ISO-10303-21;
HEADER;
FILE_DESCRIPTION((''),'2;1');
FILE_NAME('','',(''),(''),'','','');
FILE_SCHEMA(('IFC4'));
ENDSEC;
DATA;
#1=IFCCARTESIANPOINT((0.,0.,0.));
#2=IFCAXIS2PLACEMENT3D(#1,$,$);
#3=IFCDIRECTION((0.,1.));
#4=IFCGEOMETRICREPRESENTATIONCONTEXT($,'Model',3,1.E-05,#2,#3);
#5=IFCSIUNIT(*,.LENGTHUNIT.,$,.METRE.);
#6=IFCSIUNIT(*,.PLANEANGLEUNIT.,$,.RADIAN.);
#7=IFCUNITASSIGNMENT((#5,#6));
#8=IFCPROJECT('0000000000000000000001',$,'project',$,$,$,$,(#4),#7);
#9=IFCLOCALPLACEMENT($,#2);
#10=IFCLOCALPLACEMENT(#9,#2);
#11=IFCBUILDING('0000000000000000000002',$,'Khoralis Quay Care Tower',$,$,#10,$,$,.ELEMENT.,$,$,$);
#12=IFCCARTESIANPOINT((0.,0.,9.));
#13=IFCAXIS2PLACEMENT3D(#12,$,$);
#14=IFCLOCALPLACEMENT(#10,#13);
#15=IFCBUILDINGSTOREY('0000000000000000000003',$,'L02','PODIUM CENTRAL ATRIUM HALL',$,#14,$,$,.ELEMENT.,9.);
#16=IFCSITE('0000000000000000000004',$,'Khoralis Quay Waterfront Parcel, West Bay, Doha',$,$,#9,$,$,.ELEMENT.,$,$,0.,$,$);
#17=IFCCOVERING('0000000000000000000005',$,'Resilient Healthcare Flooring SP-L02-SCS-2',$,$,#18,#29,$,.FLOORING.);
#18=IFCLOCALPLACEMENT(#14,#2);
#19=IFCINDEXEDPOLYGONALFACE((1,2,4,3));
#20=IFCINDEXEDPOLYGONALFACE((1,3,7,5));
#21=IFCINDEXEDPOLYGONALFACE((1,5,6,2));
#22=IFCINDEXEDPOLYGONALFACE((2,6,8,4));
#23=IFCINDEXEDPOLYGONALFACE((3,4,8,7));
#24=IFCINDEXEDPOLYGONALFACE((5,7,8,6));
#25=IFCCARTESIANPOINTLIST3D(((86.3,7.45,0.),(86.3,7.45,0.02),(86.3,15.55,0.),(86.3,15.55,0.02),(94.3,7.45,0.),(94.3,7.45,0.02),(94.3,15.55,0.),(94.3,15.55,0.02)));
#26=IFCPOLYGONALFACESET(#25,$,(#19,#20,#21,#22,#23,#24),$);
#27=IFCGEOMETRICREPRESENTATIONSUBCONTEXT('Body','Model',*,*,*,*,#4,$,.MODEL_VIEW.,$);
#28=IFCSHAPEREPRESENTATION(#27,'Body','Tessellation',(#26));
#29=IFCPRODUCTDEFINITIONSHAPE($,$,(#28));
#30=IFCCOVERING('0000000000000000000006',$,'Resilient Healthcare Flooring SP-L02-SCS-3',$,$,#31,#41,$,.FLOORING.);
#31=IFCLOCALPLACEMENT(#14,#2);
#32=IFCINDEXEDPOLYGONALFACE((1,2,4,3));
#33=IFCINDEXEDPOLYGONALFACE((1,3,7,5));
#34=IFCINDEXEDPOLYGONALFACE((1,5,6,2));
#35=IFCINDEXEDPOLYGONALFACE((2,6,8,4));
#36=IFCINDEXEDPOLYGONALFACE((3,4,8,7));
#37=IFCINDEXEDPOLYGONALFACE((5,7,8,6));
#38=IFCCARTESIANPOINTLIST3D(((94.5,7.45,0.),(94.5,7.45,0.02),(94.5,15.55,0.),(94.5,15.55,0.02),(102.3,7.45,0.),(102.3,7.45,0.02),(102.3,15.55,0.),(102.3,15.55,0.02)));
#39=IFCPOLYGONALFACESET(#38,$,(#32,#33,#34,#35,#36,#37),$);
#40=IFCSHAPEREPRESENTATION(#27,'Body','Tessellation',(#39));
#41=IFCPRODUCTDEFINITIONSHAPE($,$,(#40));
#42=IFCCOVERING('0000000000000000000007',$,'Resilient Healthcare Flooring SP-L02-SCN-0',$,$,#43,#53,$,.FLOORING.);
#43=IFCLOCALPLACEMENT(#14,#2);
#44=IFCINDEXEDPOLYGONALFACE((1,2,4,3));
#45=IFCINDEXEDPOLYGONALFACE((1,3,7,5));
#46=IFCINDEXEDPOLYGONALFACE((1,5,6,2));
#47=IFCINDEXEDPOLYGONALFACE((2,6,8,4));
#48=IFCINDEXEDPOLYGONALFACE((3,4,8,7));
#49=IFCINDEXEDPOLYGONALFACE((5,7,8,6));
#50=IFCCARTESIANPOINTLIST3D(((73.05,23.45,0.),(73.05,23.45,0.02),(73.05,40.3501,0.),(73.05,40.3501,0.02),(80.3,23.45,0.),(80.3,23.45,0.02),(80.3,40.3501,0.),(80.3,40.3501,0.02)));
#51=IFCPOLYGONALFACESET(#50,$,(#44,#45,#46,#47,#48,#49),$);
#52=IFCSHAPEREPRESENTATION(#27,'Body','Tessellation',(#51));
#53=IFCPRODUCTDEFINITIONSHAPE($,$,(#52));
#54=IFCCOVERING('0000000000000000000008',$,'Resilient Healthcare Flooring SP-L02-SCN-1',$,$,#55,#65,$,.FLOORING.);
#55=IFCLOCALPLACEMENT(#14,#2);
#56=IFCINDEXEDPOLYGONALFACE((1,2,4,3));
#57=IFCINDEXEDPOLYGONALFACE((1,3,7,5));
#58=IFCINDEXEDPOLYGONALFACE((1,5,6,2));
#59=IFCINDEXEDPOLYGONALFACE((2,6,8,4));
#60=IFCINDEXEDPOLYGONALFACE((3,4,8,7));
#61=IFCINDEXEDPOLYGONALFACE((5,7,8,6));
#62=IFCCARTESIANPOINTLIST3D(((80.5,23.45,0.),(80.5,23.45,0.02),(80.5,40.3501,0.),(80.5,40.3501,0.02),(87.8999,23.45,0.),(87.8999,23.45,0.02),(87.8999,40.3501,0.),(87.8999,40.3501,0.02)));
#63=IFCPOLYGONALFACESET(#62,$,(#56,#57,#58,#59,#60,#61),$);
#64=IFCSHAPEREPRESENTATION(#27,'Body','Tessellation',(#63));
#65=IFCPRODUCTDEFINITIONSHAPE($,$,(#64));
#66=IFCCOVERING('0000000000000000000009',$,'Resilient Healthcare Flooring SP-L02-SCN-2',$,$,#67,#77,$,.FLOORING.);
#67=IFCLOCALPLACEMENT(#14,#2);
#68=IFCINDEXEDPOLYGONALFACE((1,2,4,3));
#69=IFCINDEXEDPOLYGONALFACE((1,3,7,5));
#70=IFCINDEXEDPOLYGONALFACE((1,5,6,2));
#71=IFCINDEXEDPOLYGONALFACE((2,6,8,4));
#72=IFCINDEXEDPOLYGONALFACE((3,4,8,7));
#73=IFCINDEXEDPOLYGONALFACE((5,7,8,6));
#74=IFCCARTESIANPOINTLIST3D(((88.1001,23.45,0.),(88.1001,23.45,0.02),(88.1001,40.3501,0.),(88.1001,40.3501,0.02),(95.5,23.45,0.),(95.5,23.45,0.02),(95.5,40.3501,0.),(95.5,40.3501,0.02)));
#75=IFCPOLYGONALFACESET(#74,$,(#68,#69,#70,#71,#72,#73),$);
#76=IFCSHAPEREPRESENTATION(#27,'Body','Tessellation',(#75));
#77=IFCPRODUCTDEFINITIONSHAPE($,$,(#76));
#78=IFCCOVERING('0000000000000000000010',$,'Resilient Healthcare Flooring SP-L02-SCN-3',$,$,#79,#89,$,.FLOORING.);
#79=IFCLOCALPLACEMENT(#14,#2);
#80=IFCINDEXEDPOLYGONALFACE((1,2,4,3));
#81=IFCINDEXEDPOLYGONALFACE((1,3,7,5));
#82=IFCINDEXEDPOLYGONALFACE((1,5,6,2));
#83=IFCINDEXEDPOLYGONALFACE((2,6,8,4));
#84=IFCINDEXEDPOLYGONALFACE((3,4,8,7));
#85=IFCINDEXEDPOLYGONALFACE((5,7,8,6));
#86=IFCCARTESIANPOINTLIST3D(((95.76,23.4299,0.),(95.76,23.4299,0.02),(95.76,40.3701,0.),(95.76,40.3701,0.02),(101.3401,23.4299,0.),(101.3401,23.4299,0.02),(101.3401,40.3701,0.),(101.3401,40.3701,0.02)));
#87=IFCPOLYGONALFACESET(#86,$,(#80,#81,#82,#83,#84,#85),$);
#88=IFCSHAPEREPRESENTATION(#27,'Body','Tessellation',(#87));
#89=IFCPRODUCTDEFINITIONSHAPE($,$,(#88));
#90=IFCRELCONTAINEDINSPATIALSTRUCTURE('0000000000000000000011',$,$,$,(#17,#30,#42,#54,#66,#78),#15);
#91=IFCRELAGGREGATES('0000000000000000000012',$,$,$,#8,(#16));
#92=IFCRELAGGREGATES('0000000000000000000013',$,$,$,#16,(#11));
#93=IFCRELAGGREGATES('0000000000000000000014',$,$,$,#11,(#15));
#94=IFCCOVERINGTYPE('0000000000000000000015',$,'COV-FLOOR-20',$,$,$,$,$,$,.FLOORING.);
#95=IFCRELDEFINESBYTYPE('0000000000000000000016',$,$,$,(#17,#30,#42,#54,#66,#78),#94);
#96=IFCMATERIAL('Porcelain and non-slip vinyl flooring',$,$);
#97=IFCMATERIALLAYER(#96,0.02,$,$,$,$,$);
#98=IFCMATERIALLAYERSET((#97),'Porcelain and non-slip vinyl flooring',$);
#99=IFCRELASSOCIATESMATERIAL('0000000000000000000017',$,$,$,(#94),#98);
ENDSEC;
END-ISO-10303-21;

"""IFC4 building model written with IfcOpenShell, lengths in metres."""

from ifc_helpers import new_model, si_unit, direction, frame, origin, place, context, subcontext, project, spatial, polyline, outline, extrude, material, layer, layer_set, type_object, element, save


model = new_model("IFC4")

# Units and contexts
model_context = context("Model", 3, precision=1e-05, world=origin(), true_north=direction((0.0, 1.0)))
body_context = subcontext(model_context, "Body", "Model", "MODEL_VIEW")
ifc_project = project(units=[si_unit("LENGTHUNIT", "METRE"), si_unit("PLANEANGLEUNIT", "RADIAN")], contexts=[model_context])

# Site, building, storey
site_placement = place(None, origin())
site = spatial("IfcSite", under=ifc_project, at=site_placement, Name="Khoralis Quay Waterfront Parcel, West Bay, Doha", CompositionType="ELEMENT", RefElevation=0.0)
building_placement = place(site_placement, origin())
building = spatial("IfcBuilding", under=site, at=building_placement, Name="Khoralis Quay Care Tower", CompositionType="ELEMENT")
storey_placement = place(building_placement, frame((0.0, 0.0, 9.0)))
storey = spatial("IfcBuildingStorey", under=building, at=storey_placement, Name="L02", Description="PODIUM CENTRAL ATRIUM HALL", CompositionType="ELEMENT", Elevation=9.0)

# Coverings
ifc_material_1 = material(Name="Porcelain and non-slip vinyl flooring")
ifc_layer_1 = layer(ifc_material_1, 0.02)
ifc_layer_set_1 = layer_set([ifc_layer_1], Name="Porcelain and non-slip vinyl flooring")
covering_type = type_object("IfcCoveringType", Name="COV-FLOOR-20", PredefinedType="FLOORING", material=ifc_layer_set_1)
covering_1_placement = place(storey_placement, origin())
element("IfcCovering", 1, at=covering_1_placement, inside=storey, type_object=covering_type, Name="Resilient Healthcare Flooring SP-L02-SCS-2", PredefinedType="FLOORING", context=body_context, shape_type="SweptSolid", body=[
    extrude(outline(polyline([(86.3, 7.45), (94.3, 7.45), (94.3, 15.55), (86.3, 15.55), (86.3, 7.45)])), origin(), (0.0, 0.0, 1.0), 0.02),
])
covering_2_placement = place(storey_placement, origin())
element("IfcCovering", 2, at=covering_2_placement, inside=storey, type_object=covering_type, Name="Resilient Healthcare Flooring SP-L02-SCS-3", PredefinedType="FLOORING", context=body_context, shape_type="SweptSolid", body=[
    extrude(outline(polyline([(94.5, 7.45), (102.3, 7.45), (102.3, 15.55), (94.5, 15.55), (94.5, 7.45)])), origin(), (0.0, 0.0, 1.0), 0.02),
])
covering_3_placement = place(storey_placement, origin())
element("IfcCovering", 3, at=covering_3_placement, inside=storey, type_object=covering_type, Name="Resilient Healthcare Flooring SP-L02-SCN-0", PredefinedType="FLOORING", context=body_context, shape_type="SweptSolid", body=[
    extrude(outline(polyline([(73.05, 23.45), (80.3, 23.45), (80.3, 40.3501), (73.05, 40.3501), (73.05, 23.45)])), origin(), (0.0, 0.0, 1.0), 0.02),
])
covering_4_placement = place(storey_placement, origin())
element("IfcCovering", 4, at=covering_4_placement, inside=storey, type_object=covering_type, Name="Resilient Healthcare Flooring SP-L02-SCN-1", PredefinedType="FLOORING", context=body_context, shape_type="SweptSolid", body=[
    extrude(outline(polyline([(80.5, 23.45), (87.8999, 23.45), (87.8999, 40.3501), (80.5, 40.3501), (80.5, 23.45)])), origin(), (0.0, 0.0, 1.0), 0.02),
])
covering_5_placement = place(storey_placement, origin())
element("IfcCovering", 5, at=covering_5_placement, inside=storey, type_object=covering_type, Name="Resilient Healthcare Flooring SP-L02-SCN-2", PredefinedType="FLOORING", context=body_context, shape_type="SweptSolid", body=[
    extrude(outline(polyline([(88.1001, 23.45), (95.5, 23.45), (95.5, 40.3501), (88.1001, 40.3501), (88.1001, 23.45)])), origin(), (0.0, 0.0, 1.0), 0.02),
])
covering_6_placement = place(storey_placement, origin())
element("IfcCovering", 6, at=covering_6_placement, inside=storey, type_object=covering_type, Name="Resilient Healthcare Flooring SP-L02-SCN-3", PredefinedType="FLOORING", context=body_context, shape_type="SweptSolid", body=[
    extrude(outline(polyline([(95.76, 23.4299), (101.3401, 23.4299), (101.3401, 40.3701), (95.76, 40.3701), (95.76, 23.4299)])), origin(), (0.0, 0.0, 1.0), 0.02),
])

save(model, "model.ifc")
